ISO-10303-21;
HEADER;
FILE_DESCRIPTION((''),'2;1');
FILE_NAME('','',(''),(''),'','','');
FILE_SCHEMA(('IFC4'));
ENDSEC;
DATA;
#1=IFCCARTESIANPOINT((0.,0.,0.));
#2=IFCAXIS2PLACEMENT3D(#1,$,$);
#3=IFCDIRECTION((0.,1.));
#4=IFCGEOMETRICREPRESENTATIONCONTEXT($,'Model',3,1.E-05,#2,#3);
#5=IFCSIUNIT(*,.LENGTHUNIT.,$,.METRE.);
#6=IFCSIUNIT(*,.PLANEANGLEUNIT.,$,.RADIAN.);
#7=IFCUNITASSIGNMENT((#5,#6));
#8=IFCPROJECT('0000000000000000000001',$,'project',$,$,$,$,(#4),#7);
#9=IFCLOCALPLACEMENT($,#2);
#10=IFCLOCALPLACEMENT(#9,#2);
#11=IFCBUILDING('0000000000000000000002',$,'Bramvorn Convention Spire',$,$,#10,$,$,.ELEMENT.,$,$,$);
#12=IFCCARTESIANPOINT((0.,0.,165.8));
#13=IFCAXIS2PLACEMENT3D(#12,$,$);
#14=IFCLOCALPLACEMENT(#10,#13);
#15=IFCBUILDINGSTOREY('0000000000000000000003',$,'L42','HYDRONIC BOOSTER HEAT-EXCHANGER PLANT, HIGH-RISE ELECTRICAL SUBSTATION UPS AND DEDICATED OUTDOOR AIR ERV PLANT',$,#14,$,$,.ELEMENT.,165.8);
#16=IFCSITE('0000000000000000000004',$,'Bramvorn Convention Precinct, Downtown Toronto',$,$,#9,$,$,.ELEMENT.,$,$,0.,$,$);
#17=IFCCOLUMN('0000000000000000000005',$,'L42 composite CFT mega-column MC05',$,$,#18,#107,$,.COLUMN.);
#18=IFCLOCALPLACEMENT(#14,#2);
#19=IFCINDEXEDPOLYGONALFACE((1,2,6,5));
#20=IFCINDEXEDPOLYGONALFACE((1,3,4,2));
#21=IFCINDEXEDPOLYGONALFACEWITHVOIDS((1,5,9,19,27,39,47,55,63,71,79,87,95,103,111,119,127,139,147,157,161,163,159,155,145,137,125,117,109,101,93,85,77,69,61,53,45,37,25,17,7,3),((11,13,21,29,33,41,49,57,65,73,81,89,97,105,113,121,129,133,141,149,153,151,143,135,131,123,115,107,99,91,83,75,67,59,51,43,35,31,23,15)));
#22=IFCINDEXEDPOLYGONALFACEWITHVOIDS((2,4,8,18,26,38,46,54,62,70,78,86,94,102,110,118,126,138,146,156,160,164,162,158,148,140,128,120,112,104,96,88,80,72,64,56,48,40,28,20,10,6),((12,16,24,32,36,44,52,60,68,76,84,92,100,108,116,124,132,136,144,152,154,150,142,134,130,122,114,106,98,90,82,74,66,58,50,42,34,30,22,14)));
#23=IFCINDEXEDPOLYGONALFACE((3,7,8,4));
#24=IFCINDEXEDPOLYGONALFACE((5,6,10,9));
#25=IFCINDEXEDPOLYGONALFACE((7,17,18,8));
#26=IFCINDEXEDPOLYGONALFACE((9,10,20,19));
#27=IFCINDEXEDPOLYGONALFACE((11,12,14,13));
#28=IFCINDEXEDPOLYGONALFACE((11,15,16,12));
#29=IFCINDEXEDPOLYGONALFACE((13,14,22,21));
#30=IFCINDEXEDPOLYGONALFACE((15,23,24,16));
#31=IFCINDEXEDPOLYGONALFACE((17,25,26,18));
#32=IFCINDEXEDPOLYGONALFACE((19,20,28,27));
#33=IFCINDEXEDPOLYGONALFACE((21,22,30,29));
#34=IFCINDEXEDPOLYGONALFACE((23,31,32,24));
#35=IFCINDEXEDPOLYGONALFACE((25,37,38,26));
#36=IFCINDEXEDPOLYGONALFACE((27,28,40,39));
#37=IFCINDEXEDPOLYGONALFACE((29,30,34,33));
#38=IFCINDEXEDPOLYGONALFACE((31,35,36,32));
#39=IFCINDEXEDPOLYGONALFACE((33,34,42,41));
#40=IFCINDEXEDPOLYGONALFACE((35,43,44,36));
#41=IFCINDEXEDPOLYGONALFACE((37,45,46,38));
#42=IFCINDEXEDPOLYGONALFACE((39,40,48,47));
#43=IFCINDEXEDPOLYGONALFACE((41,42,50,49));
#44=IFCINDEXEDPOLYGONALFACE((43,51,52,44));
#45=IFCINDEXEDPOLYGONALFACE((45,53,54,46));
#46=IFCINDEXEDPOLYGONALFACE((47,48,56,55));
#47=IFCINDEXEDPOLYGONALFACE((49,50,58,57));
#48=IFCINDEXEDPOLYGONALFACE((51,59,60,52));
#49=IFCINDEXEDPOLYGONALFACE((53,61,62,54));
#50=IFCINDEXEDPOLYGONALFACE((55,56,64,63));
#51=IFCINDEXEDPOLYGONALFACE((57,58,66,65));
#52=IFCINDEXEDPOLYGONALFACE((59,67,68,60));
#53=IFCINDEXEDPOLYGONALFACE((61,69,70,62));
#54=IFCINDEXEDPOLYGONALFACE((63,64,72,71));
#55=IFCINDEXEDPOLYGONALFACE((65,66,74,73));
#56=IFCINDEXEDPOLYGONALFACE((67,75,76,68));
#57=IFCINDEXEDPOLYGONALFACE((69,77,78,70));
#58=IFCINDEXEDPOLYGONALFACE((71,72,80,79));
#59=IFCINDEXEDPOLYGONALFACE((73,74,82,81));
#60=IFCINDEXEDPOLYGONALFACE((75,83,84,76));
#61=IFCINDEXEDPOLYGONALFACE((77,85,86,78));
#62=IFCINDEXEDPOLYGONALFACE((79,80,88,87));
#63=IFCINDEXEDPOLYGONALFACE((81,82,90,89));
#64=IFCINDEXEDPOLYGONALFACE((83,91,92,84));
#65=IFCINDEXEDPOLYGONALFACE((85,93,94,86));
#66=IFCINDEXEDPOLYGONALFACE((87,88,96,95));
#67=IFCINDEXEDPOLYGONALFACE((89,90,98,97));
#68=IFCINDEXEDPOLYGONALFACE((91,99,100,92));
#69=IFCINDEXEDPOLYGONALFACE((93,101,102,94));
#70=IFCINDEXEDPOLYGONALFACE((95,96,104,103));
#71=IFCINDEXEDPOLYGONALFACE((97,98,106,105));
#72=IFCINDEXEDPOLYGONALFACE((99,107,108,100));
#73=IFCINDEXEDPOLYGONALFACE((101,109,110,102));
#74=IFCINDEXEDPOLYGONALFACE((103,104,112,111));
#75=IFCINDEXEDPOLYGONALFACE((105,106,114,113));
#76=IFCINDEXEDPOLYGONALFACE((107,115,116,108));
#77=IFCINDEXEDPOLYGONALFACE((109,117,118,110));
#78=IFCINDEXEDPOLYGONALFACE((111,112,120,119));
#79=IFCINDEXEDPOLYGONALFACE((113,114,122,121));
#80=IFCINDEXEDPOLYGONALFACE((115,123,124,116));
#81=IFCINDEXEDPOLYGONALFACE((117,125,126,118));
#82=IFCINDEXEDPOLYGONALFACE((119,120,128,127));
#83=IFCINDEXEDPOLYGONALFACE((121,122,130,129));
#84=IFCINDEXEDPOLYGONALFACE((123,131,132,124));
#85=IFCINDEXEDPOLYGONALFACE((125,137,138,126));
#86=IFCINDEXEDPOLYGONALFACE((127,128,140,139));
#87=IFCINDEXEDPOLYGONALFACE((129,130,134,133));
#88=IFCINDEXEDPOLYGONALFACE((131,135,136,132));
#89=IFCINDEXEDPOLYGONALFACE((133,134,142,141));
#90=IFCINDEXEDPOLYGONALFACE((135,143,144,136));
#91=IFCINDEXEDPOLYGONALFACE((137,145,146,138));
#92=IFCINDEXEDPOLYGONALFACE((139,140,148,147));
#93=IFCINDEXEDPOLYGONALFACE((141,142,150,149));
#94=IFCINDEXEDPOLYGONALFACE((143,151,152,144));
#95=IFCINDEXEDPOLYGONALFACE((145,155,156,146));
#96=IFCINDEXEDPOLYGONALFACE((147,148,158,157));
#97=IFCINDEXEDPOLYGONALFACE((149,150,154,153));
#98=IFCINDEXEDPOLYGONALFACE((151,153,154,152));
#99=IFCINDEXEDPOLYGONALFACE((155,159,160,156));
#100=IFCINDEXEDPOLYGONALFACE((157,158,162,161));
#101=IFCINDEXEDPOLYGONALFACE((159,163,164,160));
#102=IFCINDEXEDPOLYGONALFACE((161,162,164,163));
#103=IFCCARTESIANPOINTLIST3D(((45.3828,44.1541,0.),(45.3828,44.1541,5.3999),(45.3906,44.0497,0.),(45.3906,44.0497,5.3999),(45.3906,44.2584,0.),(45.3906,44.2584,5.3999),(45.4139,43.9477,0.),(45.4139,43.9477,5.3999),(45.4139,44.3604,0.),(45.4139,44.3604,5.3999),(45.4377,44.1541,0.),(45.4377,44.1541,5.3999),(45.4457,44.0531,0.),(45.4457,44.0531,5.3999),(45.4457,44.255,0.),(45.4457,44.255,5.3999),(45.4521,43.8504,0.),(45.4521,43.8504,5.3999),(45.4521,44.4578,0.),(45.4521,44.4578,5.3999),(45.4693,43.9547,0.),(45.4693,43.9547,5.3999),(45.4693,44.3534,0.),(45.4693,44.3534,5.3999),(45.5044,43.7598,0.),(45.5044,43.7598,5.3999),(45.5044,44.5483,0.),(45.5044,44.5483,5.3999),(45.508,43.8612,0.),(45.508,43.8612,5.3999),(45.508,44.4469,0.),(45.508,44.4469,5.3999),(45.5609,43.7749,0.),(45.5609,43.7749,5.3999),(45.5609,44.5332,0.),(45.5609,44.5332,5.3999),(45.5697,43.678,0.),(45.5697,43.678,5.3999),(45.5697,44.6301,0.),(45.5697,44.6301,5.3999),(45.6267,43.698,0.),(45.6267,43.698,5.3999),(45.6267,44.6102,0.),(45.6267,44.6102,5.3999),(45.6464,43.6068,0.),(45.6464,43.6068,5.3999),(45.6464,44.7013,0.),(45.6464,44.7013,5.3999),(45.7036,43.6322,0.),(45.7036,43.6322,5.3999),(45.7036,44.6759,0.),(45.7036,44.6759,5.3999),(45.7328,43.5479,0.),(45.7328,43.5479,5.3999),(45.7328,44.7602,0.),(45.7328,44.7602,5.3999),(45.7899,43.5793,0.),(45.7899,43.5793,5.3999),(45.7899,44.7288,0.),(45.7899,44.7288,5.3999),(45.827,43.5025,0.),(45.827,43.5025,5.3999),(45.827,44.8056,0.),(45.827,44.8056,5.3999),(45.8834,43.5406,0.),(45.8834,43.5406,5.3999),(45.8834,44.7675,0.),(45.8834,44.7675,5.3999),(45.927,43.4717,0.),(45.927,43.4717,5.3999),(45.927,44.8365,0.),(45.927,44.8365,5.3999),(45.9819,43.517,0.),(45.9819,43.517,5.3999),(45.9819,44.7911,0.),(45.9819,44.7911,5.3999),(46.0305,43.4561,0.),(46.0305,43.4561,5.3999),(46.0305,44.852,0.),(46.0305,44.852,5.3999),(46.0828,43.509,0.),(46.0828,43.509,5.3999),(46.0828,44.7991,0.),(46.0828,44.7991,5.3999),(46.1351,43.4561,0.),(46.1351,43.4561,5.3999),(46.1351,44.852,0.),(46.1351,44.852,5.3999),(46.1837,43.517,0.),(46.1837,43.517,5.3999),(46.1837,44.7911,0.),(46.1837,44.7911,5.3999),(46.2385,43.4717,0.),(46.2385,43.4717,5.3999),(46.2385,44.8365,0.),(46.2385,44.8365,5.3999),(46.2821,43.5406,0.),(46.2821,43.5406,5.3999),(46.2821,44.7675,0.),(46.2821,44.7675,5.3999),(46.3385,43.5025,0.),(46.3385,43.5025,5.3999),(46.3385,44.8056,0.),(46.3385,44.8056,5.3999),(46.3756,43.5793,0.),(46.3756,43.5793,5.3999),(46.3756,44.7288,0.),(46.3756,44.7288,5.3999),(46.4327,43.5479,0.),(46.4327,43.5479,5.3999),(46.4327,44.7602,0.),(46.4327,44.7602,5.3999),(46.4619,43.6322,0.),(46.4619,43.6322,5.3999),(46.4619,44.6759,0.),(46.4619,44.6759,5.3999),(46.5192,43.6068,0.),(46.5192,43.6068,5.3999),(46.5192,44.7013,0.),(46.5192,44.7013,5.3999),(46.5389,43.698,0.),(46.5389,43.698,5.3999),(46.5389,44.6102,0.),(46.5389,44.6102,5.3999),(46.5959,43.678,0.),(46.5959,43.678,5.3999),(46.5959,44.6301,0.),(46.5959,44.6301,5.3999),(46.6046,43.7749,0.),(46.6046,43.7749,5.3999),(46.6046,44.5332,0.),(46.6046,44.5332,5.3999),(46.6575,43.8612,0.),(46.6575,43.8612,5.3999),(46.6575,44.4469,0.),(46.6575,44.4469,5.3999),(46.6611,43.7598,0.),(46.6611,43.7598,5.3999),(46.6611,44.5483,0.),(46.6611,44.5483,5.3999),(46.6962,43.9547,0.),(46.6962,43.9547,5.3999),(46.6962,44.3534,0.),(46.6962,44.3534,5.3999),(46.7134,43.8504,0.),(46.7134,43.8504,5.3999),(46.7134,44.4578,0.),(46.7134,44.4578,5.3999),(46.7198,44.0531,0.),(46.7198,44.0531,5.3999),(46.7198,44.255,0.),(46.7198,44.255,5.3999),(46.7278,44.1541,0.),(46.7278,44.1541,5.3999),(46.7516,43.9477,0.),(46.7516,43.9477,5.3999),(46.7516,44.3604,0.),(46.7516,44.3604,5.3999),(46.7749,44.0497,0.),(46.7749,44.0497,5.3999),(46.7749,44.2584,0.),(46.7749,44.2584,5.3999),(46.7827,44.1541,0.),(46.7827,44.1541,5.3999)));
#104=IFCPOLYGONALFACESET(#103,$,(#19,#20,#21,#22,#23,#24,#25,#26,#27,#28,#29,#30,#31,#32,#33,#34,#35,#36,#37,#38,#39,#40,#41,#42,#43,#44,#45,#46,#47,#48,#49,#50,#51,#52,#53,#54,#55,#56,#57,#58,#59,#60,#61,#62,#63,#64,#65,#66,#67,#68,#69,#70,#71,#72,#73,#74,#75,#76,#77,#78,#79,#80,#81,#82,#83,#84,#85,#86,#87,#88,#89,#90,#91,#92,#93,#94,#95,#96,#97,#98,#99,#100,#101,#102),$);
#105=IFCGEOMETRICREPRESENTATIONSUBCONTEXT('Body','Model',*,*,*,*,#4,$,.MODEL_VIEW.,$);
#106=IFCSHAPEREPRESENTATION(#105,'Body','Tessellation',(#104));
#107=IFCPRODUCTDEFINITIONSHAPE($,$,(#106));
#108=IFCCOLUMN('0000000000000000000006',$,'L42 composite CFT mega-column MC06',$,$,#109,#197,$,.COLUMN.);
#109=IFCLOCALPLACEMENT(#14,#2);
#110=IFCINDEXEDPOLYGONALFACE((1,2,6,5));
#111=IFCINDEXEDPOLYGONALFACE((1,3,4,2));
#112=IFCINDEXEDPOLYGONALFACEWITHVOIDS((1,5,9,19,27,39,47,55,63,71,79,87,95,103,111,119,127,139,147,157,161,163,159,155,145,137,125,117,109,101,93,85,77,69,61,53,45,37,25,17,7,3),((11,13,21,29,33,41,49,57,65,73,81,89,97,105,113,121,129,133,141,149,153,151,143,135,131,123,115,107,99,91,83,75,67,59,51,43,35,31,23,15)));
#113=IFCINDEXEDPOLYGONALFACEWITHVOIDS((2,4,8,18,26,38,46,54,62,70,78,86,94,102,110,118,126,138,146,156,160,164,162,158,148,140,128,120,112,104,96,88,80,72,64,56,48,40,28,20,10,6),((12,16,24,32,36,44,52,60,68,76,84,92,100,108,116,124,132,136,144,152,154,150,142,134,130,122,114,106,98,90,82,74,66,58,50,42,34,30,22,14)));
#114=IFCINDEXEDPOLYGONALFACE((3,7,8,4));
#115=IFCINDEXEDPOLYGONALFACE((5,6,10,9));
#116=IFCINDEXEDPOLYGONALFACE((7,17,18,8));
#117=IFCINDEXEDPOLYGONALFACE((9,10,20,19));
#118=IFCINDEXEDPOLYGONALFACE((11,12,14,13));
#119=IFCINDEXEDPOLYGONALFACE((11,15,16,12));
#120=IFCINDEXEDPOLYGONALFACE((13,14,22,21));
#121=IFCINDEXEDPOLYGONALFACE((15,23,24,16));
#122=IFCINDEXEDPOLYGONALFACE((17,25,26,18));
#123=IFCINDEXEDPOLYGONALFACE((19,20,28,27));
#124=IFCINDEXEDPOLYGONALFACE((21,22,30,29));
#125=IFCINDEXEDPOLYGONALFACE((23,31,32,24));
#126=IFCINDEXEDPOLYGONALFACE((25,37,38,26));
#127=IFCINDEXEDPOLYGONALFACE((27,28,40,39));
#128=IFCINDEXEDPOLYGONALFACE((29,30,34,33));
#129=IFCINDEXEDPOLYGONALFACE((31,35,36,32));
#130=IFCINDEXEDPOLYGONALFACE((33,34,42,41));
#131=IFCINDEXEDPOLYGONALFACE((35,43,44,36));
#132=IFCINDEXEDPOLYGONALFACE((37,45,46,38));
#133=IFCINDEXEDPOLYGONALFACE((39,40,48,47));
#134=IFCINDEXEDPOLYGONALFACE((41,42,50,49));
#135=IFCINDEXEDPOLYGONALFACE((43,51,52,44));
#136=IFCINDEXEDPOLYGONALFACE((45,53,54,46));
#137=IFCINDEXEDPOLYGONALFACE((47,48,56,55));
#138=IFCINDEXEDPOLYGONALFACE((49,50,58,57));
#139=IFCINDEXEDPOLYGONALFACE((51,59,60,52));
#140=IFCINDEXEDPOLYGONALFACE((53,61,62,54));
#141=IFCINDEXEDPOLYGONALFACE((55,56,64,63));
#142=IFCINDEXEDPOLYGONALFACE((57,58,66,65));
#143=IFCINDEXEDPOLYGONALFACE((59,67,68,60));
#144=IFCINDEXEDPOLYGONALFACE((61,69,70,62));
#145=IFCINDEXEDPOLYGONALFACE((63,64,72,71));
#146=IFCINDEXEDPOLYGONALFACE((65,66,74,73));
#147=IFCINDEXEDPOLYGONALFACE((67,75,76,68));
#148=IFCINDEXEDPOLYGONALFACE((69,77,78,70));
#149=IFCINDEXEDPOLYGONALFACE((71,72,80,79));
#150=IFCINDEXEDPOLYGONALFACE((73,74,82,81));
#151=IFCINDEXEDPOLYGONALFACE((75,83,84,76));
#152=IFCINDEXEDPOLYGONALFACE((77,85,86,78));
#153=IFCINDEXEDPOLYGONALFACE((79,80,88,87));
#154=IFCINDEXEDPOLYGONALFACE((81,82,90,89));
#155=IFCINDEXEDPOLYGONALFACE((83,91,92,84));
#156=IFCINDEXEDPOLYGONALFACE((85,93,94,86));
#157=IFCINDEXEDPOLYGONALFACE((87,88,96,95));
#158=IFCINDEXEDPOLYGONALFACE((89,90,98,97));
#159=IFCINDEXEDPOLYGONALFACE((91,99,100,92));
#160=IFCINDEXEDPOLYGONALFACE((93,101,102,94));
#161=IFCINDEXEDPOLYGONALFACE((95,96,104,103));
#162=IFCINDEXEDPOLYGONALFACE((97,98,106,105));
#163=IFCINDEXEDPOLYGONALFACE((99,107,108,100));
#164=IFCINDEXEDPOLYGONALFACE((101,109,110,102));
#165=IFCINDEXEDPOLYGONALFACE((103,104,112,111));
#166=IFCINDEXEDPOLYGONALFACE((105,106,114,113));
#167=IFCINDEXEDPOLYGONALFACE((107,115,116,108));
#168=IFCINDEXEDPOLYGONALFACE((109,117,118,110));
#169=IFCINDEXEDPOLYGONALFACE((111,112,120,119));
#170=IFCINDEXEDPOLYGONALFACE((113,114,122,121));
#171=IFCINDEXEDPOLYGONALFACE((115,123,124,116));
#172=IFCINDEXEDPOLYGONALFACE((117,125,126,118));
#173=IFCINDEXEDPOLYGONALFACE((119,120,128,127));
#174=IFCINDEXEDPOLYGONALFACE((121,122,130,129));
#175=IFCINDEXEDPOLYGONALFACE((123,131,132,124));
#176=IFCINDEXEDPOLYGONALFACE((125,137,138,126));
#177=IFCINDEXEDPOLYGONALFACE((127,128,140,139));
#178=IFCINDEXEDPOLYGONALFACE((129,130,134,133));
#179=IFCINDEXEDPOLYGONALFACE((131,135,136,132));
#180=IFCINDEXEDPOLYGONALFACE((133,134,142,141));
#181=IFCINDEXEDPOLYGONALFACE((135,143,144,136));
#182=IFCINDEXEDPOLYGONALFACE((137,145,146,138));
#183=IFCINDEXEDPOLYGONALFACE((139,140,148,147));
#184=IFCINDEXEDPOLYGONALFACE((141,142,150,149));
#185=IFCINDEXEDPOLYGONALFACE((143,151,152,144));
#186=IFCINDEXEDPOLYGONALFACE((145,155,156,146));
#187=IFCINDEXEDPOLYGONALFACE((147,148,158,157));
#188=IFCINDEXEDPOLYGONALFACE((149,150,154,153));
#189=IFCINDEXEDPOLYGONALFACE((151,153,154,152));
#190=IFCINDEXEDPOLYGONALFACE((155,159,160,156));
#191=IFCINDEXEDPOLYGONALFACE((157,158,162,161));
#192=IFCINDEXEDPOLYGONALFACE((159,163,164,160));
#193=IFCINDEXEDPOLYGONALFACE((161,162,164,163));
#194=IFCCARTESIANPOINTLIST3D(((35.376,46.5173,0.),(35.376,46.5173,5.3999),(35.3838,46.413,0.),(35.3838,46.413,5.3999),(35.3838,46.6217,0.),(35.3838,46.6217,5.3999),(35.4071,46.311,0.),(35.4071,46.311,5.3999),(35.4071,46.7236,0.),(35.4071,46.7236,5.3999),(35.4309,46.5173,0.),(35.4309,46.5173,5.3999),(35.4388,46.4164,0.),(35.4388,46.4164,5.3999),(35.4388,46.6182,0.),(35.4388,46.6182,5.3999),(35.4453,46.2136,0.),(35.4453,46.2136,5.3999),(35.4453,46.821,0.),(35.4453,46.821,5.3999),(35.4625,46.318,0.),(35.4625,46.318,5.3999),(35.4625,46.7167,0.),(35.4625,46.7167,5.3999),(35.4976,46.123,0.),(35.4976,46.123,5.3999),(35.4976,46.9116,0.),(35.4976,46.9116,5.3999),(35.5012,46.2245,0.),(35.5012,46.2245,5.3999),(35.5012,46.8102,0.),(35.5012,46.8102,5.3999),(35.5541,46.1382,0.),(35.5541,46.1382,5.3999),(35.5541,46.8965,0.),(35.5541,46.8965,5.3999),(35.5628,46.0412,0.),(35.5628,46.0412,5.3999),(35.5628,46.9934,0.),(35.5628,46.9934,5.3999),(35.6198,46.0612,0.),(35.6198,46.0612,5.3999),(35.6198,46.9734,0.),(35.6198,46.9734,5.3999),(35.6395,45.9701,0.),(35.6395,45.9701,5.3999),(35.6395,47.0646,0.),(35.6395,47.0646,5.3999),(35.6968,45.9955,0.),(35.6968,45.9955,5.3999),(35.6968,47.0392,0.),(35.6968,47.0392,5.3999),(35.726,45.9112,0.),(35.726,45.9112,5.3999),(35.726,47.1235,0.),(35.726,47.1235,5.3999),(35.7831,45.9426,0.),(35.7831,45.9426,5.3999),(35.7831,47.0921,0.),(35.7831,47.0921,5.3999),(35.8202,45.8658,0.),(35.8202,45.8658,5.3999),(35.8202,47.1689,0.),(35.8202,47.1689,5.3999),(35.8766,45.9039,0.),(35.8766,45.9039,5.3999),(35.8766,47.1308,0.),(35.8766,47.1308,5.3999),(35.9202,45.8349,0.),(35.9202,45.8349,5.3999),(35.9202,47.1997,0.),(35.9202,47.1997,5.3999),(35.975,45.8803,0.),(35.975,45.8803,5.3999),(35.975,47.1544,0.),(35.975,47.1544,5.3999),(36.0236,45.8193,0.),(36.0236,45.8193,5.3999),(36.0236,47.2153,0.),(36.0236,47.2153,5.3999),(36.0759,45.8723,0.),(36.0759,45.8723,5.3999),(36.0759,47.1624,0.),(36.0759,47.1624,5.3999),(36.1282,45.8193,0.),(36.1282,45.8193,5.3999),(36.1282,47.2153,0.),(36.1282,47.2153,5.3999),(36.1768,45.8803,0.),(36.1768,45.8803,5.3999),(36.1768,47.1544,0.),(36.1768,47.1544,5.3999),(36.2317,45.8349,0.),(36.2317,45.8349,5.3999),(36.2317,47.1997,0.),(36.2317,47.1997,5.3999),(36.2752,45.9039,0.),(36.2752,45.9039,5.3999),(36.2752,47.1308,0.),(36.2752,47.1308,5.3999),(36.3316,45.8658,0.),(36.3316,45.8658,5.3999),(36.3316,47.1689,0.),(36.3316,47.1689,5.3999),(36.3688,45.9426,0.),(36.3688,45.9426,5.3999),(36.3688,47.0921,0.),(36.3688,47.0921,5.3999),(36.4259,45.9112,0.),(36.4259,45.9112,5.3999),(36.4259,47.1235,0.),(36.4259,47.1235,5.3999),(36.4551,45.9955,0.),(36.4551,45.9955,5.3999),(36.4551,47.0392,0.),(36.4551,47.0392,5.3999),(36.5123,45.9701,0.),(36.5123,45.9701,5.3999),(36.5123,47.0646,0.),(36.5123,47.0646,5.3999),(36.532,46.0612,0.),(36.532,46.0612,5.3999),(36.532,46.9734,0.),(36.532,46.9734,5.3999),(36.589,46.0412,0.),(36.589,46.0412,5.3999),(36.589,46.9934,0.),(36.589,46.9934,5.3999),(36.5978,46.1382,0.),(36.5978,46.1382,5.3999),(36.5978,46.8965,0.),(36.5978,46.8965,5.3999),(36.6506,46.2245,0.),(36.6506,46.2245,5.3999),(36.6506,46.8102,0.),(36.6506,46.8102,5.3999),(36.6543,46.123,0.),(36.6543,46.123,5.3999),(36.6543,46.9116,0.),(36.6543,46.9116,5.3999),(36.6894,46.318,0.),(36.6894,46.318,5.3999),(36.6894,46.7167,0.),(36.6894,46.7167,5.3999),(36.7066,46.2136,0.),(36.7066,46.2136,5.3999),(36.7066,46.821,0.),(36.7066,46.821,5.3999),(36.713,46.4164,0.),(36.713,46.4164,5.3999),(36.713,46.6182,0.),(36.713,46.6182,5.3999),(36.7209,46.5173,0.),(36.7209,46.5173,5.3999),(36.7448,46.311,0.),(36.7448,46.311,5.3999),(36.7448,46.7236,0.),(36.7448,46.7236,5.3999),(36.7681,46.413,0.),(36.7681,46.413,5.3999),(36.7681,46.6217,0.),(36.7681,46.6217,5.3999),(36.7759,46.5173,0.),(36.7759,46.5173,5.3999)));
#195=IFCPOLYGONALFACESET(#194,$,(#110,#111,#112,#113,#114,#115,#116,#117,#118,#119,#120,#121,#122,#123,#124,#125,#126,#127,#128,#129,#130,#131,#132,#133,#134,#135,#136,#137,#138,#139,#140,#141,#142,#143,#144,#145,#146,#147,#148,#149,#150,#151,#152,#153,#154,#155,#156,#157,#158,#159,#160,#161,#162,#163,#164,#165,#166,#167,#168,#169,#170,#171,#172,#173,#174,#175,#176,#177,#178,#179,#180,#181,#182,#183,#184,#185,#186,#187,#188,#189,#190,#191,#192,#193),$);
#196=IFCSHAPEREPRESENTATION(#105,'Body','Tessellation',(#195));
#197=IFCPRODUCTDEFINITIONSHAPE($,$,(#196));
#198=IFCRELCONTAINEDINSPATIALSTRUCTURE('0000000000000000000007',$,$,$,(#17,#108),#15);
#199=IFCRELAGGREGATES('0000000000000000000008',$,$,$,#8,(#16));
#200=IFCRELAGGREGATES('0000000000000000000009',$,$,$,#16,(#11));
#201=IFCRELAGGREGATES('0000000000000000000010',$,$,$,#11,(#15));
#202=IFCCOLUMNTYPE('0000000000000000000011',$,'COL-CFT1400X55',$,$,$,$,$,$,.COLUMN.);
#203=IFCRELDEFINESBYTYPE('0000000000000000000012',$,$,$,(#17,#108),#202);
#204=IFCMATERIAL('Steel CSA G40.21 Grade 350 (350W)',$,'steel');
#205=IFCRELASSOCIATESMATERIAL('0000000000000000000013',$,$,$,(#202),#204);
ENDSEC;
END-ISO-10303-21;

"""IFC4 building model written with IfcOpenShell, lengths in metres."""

from ifc_helpers import new_model, si_unit, direction, frame, origin, origin_2d, place, context, subcontext, project, spatial, hollow_circle, extrude, material, material_profile, profile_set, type_object, element, save


model = new_model("IFC4")

# Units and contexts
model_context = context("Model", 3, precision=1e-05, world=origin(), true_north=direction((0.0, 1.0)))
body_context = subcontext(model_context, "Body", "Model", "MODEL_VIEW")
ifc_project = project(units=[si_unit("LENGTHUNIT", "METRE"), si_unit("PLANEANGLEUNIT", "RADIAN")], contexts=[model_context])

# Site, building, storey
site_placement = place(None, origin())
site = spatial("IfcSite", under=ifc_project, at=site_placement, Name="Bramvorn Convention Precinct, Downtown Toronto", CompositionType="ELEMENT", RefElevation=0.0)
building_placement = place(site_placement, origin())
building = spatial("IfcBuilding", under=site, at=building_placement, Name="Bramvorn Convention Spire", CompositionType="ELEMENT")
storey_placement = place(building_placement, frame((0.0, 0.0, 165.8)))
storey = spatial("IfcBuildingStorey", under=building, at=storey_placement, Name="L42", Description="HYDRONIC BOOSTER HEAT-EXCHANGER PLANT, HIGH-RISE ELECTRICAL SUBSTATION UPS AND DEDICATED OUTDOOR AIR ERV PLANT", CompositionType="ELEMENT", Elevation=165.8)

# Columns
ifc_material_1 = material(Name="Steel CSA G40.21 Grade 350 (350W)", Category="steel")
ifc_material_profile_1 = material_profile(ifc_material_1, hollow_circle(Radius=0.7, WallThickness=0.0549, at=origin_2d()))
ifc_profile_set_1 = profile_set([ifc_material_profile_1], Name="Steel CSA G40.21 Grade 350 (350W) - CFT1400X55")
column_type = type_object("IfcColumnType", Name="COL-CFT1400X55", PredefinedType="COLUMN", material=ifc_profile_set_1)
for number, where, z_axis, x_axis, name in (
    (1, (46.0828, 44.1541, 0.0), (0.0, 0.0, 1.0), (1.0, 0.0, 0.0), "L42 composite CFT mega-column MC05"),
    (2, (36.0759, 46.5173, 0.0), (0.0, 0.0, 1.0), (1.0, 0.0, 0.0), "L42 composite CFT mega-column MC06"),
):
    element("IfcColumn", number, at=place(storey_placement, frame(where, z_axis=z_axis, x_axis=x_axis)), inside=storey, type_object=column_type, Name=name, PredefinedType="COLUMN", context=body_context, shape_type="SweptSolid", body=[
        extrude(hollow_circle(Radius=0.7, WallThickness=0.0549, at=origin_2d()), origin(), (0.0, 0.0, 1.0), 5.3999),
    ])

save(model, "model.ifc")
